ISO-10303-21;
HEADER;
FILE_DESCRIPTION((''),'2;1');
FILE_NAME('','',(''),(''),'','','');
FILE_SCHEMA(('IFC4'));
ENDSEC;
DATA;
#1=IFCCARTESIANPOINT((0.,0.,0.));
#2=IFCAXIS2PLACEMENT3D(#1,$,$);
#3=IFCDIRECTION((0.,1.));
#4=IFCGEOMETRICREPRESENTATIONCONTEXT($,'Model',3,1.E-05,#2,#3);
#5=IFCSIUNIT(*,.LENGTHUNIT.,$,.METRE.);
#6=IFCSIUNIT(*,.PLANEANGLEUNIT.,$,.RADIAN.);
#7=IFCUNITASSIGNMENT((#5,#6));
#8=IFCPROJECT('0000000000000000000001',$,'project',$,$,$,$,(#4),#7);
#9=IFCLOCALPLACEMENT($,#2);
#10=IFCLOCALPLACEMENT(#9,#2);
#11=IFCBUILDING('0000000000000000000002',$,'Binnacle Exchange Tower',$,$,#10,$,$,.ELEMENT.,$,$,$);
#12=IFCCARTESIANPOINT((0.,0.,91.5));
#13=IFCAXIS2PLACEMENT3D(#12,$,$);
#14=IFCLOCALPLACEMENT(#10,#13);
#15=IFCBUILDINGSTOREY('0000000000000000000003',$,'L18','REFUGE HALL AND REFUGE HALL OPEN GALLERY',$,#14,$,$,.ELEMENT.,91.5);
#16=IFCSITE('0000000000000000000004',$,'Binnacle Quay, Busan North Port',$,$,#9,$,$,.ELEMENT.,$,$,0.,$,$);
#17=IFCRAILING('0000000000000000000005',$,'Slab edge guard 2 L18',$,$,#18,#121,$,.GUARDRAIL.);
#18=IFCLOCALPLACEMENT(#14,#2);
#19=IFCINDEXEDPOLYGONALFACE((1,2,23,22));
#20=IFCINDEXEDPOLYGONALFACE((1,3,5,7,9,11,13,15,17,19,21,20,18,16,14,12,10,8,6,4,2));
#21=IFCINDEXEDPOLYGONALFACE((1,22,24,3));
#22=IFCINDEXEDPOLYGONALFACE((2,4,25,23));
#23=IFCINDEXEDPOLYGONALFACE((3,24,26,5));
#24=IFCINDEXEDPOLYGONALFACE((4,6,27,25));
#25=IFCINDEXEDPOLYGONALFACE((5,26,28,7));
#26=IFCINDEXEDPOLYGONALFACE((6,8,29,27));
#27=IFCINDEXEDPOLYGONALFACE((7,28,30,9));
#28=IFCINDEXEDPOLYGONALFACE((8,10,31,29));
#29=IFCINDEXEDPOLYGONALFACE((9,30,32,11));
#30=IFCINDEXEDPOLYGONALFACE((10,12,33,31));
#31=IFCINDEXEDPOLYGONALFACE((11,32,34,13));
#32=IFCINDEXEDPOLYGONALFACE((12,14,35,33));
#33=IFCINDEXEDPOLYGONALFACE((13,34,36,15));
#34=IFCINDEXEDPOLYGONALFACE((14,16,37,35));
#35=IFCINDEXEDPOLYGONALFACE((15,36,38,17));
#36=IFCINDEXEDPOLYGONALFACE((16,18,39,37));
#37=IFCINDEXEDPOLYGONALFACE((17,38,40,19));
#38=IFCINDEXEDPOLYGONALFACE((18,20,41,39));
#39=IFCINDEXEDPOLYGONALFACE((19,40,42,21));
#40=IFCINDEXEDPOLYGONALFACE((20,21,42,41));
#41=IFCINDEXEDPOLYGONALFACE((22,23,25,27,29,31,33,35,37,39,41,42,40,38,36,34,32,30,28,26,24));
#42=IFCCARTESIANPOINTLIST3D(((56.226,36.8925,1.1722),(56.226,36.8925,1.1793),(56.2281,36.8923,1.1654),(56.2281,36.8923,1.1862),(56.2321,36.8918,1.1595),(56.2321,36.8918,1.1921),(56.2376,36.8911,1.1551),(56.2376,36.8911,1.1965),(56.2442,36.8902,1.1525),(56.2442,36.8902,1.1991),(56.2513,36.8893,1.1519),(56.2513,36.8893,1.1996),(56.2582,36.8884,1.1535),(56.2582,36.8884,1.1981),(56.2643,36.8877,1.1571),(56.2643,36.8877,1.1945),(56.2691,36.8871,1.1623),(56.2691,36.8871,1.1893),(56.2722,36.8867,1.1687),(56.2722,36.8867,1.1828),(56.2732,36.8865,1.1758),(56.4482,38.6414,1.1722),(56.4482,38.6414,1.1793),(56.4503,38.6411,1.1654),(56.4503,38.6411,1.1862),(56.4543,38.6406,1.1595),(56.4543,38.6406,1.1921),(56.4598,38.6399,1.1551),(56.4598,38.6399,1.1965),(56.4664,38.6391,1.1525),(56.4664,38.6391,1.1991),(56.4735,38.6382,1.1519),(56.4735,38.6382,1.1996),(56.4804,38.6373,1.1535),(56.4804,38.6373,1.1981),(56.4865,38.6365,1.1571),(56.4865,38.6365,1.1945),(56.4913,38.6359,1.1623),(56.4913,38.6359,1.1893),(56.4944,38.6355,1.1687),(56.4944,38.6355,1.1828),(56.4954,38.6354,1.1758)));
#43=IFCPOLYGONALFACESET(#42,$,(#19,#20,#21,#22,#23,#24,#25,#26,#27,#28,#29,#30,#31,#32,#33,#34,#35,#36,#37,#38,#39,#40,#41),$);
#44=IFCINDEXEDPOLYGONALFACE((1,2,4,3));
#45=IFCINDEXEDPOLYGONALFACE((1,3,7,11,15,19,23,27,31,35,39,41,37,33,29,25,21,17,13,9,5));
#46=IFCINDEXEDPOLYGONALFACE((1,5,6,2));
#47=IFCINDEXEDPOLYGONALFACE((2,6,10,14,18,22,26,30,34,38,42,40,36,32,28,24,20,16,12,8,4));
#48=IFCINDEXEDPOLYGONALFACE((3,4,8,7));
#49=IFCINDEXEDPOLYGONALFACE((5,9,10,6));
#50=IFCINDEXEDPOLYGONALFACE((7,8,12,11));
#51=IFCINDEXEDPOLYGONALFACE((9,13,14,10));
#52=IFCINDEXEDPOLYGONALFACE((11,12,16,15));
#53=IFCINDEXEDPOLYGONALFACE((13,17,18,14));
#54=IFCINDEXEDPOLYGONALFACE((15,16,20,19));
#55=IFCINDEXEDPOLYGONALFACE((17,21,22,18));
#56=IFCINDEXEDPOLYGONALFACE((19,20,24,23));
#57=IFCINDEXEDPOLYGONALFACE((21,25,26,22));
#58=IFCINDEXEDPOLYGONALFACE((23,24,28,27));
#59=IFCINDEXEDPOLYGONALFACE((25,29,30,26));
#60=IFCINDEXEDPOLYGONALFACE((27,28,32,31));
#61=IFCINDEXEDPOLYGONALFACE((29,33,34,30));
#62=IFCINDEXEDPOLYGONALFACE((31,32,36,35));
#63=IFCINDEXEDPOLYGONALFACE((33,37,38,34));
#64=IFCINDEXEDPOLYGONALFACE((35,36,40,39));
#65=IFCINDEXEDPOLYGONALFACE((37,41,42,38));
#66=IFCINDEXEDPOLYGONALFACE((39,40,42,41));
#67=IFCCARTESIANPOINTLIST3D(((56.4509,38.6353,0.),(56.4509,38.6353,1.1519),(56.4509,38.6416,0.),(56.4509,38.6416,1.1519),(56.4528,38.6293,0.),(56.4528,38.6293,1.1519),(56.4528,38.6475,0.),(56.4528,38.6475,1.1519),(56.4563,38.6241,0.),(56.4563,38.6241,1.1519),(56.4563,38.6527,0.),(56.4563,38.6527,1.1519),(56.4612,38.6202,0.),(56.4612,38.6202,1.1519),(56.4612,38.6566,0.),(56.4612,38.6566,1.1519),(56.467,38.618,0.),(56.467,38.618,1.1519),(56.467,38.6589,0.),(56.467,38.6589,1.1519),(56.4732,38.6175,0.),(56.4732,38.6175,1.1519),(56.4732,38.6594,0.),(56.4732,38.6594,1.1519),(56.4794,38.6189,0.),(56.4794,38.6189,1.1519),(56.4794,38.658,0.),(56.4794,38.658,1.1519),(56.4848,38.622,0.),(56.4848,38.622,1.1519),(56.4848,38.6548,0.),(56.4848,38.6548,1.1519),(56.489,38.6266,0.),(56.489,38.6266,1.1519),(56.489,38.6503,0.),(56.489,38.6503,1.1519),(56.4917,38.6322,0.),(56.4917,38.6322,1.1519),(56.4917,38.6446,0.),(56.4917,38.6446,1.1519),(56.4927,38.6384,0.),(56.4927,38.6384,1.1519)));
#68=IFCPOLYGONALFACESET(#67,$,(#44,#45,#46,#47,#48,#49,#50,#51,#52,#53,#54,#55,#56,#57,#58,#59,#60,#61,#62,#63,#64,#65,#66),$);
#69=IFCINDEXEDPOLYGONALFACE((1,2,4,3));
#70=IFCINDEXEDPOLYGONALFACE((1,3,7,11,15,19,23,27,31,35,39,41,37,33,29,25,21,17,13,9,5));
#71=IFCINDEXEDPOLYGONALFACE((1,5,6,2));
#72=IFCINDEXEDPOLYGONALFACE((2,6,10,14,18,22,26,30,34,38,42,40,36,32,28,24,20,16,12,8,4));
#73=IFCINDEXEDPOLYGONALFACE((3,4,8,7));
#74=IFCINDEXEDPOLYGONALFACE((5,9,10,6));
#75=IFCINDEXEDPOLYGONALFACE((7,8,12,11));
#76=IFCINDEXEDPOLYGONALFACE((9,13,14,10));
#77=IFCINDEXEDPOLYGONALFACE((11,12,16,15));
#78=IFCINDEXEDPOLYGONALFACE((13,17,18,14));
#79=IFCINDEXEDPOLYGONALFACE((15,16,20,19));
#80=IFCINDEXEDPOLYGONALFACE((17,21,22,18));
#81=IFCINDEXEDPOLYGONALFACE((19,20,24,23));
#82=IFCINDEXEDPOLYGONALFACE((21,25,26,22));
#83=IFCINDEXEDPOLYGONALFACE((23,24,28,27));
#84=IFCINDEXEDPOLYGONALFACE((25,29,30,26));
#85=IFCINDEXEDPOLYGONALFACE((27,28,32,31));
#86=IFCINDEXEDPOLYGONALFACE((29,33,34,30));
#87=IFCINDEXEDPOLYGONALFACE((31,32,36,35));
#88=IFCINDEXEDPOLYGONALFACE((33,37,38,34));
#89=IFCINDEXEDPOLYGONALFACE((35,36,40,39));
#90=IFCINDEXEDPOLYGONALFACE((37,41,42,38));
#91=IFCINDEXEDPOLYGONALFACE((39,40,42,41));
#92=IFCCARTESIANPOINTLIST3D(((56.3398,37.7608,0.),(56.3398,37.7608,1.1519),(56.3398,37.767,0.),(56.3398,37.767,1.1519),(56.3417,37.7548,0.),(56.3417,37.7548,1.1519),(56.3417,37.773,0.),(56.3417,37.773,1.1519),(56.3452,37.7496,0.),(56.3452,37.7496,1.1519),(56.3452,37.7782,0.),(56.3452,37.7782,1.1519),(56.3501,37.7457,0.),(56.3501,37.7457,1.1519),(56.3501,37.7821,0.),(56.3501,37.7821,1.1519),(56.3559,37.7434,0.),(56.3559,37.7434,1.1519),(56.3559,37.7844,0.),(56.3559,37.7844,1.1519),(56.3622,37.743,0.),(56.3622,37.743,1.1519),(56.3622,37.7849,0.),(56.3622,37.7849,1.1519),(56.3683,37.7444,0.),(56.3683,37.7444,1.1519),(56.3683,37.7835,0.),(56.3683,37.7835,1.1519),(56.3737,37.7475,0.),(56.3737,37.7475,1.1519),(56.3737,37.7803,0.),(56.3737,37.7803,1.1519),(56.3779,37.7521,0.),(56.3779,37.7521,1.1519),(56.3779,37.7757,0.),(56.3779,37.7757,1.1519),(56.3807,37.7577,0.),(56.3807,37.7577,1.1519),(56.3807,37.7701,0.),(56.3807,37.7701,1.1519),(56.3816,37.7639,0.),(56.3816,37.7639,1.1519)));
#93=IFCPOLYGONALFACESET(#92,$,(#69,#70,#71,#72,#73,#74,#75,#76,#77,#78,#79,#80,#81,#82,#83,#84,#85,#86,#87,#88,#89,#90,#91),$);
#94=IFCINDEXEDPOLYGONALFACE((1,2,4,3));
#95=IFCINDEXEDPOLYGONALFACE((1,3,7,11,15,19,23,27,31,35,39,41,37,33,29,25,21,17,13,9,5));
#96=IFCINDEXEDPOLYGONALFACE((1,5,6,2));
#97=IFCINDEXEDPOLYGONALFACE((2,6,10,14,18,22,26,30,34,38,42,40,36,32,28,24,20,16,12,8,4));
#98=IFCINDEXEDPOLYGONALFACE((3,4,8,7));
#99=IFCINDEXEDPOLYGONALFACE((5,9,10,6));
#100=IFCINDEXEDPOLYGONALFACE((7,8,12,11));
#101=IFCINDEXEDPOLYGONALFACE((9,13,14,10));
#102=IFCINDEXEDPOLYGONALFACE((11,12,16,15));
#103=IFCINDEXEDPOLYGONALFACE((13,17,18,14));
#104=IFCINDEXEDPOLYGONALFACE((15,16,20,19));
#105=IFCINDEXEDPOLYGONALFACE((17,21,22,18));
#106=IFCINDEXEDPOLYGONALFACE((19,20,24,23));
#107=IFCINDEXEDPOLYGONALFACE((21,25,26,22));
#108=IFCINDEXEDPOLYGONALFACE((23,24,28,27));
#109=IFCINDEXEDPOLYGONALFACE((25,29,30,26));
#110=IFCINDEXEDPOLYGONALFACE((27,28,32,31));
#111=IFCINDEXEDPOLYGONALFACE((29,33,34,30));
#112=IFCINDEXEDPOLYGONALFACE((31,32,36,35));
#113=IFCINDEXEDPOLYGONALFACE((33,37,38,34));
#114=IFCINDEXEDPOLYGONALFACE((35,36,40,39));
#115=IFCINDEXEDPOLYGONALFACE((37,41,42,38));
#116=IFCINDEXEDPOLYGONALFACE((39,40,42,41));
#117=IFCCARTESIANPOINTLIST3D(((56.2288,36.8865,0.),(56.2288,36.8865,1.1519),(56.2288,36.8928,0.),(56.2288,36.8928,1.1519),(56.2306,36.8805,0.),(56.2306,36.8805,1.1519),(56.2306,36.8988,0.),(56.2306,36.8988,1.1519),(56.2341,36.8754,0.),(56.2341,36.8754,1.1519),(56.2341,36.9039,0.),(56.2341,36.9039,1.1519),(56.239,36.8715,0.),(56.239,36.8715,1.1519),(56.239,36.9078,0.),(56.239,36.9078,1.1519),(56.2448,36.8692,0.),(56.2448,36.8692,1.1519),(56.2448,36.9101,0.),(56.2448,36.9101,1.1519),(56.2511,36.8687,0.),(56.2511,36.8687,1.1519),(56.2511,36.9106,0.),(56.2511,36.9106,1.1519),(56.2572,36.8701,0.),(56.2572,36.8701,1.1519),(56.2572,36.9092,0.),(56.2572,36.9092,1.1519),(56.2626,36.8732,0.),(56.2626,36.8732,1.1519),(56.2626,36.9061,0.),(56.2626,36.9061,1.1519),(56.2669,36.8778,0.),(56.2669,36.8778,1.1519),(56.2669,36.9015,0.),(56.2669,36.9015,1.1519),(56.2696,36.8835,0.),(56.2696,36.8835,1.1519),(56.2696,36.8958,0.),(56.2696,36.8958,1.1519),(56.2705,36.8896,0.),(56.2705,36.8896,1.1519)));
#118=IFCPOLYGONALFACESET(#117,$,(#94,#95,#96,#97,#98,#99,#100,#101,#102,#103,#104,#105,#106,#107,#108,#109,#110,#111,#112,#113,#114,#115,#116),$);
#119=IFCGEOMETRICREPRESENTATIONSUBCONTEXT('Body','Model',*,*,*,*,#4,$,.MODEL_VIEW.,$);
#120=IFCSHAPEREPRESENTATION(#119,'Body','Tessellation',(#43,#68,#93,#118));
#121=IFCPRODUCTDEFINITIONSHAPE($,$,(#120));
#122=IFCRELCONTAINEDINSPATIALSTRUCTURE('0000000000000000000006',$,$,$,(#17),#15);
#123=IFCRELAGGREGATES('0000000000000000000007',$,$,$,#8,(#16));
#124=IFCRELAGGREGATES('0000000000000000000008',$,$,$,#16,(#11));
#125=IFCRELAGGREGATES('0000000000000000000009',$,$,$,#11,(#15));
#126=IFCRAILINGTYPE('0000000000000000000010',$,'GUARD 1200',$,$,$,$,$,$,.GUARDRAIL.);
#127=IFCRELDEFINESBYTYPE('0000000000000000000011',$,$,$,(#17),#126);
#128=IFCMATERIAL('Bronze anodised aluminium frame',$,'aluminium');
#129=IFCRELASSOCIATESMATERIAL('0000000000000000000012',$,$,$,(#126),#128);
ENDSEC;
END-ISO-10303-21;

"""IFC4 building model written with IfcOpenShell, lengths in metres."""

from ifc_helpers import new_model, si_unit, direction, frame, origin, origin_2d, place, context, subcontext, project, spatial, circle, extrude, material, type_object, element, save


model = new_model("IFC4")

# Units and contexts
model_context = context("Model", 3, precision=1e-05, world=origin(), true_north=direction((0.0, 1.0)))
body_context = subcontext(model_context, "Body", "Model", "MODEL_VIEW")
ifc_project = project(units=[si_unit("LENGTHUNIT", "METRE"), si_unit("PLANEANGLEUNIT", "RADIAN")], contexts=[model_context])

# Site, building, storey
site_placement = place(None, origin())
site = spatial("IfcSite", under=ifc_project, at=site_placement, Name="Binnacle Quay, Busan North Port", CompositionType="ELEMENT", RefElevation=0.0)
building_placement = place(site_placement, origin())
building = spatial("IfcBuilding", under=site, at=building_placement, Name="Binnacle Exchange Tower", CompositionType="ELEMENT")
storey_placement = place(building_placement, frame((0.0, 0.0, 91.5)))
storey = spatial("IfcBuildingStorey", under=building, at=storey_placement, Name="L18", Description="REFUGE HALL AND REFUGE HALL OPEN GALLERY", CompositionType="ELEMENT", Elevation=91.5)

# Railing
ifc_material_1 = material(Name="Bronze anodised aluminium frame", Category="aluminium")
railing_type = type_object("IfcRailingType", Name="GUARD 1200", PredefinedType="GUARDRAIL", material=ifc_material_1)
railing_1_placement = place(storey_placement, frame((56.4717, 38.6384, 0.0)))
element("IfcRailing", 1, at=railing_1_placement, inside=storey, type_object=railing_type, Name="Slab edge guard 2 L18", PredefinedType="GUARDRAIL", context=body_context, shape_type="SweptSolid", body=[
    extrude(circle(Radius=0.0239, at=origin_2d()), frame((0.0, 0.0, 1.1758), z_axis=(-0.126029, -0.992027, 0.0), x_axis=(0.992027, -0.126029, 0.0)), (0.0, 0.0, 1.0), 1.7629),
    extrude(circle(Radius=0.021, at=origin_2d()), origin(), (0.0, 0.0, 1.0), 1.1519),
    extrude(circle(Radius=0.021, at=origin_2d()), frame((-0.1111, -0.8745, 0.0)), (0.0, 0.0, 1.0), 1.1519),
    extrude(circle(Radius=0.021, at=origin_2d()), frame((-0.2222, -1.7488, 0.0)), (0.0, 0.0, 1.0), 1.1519),
])

save(model, "model.ifc")
